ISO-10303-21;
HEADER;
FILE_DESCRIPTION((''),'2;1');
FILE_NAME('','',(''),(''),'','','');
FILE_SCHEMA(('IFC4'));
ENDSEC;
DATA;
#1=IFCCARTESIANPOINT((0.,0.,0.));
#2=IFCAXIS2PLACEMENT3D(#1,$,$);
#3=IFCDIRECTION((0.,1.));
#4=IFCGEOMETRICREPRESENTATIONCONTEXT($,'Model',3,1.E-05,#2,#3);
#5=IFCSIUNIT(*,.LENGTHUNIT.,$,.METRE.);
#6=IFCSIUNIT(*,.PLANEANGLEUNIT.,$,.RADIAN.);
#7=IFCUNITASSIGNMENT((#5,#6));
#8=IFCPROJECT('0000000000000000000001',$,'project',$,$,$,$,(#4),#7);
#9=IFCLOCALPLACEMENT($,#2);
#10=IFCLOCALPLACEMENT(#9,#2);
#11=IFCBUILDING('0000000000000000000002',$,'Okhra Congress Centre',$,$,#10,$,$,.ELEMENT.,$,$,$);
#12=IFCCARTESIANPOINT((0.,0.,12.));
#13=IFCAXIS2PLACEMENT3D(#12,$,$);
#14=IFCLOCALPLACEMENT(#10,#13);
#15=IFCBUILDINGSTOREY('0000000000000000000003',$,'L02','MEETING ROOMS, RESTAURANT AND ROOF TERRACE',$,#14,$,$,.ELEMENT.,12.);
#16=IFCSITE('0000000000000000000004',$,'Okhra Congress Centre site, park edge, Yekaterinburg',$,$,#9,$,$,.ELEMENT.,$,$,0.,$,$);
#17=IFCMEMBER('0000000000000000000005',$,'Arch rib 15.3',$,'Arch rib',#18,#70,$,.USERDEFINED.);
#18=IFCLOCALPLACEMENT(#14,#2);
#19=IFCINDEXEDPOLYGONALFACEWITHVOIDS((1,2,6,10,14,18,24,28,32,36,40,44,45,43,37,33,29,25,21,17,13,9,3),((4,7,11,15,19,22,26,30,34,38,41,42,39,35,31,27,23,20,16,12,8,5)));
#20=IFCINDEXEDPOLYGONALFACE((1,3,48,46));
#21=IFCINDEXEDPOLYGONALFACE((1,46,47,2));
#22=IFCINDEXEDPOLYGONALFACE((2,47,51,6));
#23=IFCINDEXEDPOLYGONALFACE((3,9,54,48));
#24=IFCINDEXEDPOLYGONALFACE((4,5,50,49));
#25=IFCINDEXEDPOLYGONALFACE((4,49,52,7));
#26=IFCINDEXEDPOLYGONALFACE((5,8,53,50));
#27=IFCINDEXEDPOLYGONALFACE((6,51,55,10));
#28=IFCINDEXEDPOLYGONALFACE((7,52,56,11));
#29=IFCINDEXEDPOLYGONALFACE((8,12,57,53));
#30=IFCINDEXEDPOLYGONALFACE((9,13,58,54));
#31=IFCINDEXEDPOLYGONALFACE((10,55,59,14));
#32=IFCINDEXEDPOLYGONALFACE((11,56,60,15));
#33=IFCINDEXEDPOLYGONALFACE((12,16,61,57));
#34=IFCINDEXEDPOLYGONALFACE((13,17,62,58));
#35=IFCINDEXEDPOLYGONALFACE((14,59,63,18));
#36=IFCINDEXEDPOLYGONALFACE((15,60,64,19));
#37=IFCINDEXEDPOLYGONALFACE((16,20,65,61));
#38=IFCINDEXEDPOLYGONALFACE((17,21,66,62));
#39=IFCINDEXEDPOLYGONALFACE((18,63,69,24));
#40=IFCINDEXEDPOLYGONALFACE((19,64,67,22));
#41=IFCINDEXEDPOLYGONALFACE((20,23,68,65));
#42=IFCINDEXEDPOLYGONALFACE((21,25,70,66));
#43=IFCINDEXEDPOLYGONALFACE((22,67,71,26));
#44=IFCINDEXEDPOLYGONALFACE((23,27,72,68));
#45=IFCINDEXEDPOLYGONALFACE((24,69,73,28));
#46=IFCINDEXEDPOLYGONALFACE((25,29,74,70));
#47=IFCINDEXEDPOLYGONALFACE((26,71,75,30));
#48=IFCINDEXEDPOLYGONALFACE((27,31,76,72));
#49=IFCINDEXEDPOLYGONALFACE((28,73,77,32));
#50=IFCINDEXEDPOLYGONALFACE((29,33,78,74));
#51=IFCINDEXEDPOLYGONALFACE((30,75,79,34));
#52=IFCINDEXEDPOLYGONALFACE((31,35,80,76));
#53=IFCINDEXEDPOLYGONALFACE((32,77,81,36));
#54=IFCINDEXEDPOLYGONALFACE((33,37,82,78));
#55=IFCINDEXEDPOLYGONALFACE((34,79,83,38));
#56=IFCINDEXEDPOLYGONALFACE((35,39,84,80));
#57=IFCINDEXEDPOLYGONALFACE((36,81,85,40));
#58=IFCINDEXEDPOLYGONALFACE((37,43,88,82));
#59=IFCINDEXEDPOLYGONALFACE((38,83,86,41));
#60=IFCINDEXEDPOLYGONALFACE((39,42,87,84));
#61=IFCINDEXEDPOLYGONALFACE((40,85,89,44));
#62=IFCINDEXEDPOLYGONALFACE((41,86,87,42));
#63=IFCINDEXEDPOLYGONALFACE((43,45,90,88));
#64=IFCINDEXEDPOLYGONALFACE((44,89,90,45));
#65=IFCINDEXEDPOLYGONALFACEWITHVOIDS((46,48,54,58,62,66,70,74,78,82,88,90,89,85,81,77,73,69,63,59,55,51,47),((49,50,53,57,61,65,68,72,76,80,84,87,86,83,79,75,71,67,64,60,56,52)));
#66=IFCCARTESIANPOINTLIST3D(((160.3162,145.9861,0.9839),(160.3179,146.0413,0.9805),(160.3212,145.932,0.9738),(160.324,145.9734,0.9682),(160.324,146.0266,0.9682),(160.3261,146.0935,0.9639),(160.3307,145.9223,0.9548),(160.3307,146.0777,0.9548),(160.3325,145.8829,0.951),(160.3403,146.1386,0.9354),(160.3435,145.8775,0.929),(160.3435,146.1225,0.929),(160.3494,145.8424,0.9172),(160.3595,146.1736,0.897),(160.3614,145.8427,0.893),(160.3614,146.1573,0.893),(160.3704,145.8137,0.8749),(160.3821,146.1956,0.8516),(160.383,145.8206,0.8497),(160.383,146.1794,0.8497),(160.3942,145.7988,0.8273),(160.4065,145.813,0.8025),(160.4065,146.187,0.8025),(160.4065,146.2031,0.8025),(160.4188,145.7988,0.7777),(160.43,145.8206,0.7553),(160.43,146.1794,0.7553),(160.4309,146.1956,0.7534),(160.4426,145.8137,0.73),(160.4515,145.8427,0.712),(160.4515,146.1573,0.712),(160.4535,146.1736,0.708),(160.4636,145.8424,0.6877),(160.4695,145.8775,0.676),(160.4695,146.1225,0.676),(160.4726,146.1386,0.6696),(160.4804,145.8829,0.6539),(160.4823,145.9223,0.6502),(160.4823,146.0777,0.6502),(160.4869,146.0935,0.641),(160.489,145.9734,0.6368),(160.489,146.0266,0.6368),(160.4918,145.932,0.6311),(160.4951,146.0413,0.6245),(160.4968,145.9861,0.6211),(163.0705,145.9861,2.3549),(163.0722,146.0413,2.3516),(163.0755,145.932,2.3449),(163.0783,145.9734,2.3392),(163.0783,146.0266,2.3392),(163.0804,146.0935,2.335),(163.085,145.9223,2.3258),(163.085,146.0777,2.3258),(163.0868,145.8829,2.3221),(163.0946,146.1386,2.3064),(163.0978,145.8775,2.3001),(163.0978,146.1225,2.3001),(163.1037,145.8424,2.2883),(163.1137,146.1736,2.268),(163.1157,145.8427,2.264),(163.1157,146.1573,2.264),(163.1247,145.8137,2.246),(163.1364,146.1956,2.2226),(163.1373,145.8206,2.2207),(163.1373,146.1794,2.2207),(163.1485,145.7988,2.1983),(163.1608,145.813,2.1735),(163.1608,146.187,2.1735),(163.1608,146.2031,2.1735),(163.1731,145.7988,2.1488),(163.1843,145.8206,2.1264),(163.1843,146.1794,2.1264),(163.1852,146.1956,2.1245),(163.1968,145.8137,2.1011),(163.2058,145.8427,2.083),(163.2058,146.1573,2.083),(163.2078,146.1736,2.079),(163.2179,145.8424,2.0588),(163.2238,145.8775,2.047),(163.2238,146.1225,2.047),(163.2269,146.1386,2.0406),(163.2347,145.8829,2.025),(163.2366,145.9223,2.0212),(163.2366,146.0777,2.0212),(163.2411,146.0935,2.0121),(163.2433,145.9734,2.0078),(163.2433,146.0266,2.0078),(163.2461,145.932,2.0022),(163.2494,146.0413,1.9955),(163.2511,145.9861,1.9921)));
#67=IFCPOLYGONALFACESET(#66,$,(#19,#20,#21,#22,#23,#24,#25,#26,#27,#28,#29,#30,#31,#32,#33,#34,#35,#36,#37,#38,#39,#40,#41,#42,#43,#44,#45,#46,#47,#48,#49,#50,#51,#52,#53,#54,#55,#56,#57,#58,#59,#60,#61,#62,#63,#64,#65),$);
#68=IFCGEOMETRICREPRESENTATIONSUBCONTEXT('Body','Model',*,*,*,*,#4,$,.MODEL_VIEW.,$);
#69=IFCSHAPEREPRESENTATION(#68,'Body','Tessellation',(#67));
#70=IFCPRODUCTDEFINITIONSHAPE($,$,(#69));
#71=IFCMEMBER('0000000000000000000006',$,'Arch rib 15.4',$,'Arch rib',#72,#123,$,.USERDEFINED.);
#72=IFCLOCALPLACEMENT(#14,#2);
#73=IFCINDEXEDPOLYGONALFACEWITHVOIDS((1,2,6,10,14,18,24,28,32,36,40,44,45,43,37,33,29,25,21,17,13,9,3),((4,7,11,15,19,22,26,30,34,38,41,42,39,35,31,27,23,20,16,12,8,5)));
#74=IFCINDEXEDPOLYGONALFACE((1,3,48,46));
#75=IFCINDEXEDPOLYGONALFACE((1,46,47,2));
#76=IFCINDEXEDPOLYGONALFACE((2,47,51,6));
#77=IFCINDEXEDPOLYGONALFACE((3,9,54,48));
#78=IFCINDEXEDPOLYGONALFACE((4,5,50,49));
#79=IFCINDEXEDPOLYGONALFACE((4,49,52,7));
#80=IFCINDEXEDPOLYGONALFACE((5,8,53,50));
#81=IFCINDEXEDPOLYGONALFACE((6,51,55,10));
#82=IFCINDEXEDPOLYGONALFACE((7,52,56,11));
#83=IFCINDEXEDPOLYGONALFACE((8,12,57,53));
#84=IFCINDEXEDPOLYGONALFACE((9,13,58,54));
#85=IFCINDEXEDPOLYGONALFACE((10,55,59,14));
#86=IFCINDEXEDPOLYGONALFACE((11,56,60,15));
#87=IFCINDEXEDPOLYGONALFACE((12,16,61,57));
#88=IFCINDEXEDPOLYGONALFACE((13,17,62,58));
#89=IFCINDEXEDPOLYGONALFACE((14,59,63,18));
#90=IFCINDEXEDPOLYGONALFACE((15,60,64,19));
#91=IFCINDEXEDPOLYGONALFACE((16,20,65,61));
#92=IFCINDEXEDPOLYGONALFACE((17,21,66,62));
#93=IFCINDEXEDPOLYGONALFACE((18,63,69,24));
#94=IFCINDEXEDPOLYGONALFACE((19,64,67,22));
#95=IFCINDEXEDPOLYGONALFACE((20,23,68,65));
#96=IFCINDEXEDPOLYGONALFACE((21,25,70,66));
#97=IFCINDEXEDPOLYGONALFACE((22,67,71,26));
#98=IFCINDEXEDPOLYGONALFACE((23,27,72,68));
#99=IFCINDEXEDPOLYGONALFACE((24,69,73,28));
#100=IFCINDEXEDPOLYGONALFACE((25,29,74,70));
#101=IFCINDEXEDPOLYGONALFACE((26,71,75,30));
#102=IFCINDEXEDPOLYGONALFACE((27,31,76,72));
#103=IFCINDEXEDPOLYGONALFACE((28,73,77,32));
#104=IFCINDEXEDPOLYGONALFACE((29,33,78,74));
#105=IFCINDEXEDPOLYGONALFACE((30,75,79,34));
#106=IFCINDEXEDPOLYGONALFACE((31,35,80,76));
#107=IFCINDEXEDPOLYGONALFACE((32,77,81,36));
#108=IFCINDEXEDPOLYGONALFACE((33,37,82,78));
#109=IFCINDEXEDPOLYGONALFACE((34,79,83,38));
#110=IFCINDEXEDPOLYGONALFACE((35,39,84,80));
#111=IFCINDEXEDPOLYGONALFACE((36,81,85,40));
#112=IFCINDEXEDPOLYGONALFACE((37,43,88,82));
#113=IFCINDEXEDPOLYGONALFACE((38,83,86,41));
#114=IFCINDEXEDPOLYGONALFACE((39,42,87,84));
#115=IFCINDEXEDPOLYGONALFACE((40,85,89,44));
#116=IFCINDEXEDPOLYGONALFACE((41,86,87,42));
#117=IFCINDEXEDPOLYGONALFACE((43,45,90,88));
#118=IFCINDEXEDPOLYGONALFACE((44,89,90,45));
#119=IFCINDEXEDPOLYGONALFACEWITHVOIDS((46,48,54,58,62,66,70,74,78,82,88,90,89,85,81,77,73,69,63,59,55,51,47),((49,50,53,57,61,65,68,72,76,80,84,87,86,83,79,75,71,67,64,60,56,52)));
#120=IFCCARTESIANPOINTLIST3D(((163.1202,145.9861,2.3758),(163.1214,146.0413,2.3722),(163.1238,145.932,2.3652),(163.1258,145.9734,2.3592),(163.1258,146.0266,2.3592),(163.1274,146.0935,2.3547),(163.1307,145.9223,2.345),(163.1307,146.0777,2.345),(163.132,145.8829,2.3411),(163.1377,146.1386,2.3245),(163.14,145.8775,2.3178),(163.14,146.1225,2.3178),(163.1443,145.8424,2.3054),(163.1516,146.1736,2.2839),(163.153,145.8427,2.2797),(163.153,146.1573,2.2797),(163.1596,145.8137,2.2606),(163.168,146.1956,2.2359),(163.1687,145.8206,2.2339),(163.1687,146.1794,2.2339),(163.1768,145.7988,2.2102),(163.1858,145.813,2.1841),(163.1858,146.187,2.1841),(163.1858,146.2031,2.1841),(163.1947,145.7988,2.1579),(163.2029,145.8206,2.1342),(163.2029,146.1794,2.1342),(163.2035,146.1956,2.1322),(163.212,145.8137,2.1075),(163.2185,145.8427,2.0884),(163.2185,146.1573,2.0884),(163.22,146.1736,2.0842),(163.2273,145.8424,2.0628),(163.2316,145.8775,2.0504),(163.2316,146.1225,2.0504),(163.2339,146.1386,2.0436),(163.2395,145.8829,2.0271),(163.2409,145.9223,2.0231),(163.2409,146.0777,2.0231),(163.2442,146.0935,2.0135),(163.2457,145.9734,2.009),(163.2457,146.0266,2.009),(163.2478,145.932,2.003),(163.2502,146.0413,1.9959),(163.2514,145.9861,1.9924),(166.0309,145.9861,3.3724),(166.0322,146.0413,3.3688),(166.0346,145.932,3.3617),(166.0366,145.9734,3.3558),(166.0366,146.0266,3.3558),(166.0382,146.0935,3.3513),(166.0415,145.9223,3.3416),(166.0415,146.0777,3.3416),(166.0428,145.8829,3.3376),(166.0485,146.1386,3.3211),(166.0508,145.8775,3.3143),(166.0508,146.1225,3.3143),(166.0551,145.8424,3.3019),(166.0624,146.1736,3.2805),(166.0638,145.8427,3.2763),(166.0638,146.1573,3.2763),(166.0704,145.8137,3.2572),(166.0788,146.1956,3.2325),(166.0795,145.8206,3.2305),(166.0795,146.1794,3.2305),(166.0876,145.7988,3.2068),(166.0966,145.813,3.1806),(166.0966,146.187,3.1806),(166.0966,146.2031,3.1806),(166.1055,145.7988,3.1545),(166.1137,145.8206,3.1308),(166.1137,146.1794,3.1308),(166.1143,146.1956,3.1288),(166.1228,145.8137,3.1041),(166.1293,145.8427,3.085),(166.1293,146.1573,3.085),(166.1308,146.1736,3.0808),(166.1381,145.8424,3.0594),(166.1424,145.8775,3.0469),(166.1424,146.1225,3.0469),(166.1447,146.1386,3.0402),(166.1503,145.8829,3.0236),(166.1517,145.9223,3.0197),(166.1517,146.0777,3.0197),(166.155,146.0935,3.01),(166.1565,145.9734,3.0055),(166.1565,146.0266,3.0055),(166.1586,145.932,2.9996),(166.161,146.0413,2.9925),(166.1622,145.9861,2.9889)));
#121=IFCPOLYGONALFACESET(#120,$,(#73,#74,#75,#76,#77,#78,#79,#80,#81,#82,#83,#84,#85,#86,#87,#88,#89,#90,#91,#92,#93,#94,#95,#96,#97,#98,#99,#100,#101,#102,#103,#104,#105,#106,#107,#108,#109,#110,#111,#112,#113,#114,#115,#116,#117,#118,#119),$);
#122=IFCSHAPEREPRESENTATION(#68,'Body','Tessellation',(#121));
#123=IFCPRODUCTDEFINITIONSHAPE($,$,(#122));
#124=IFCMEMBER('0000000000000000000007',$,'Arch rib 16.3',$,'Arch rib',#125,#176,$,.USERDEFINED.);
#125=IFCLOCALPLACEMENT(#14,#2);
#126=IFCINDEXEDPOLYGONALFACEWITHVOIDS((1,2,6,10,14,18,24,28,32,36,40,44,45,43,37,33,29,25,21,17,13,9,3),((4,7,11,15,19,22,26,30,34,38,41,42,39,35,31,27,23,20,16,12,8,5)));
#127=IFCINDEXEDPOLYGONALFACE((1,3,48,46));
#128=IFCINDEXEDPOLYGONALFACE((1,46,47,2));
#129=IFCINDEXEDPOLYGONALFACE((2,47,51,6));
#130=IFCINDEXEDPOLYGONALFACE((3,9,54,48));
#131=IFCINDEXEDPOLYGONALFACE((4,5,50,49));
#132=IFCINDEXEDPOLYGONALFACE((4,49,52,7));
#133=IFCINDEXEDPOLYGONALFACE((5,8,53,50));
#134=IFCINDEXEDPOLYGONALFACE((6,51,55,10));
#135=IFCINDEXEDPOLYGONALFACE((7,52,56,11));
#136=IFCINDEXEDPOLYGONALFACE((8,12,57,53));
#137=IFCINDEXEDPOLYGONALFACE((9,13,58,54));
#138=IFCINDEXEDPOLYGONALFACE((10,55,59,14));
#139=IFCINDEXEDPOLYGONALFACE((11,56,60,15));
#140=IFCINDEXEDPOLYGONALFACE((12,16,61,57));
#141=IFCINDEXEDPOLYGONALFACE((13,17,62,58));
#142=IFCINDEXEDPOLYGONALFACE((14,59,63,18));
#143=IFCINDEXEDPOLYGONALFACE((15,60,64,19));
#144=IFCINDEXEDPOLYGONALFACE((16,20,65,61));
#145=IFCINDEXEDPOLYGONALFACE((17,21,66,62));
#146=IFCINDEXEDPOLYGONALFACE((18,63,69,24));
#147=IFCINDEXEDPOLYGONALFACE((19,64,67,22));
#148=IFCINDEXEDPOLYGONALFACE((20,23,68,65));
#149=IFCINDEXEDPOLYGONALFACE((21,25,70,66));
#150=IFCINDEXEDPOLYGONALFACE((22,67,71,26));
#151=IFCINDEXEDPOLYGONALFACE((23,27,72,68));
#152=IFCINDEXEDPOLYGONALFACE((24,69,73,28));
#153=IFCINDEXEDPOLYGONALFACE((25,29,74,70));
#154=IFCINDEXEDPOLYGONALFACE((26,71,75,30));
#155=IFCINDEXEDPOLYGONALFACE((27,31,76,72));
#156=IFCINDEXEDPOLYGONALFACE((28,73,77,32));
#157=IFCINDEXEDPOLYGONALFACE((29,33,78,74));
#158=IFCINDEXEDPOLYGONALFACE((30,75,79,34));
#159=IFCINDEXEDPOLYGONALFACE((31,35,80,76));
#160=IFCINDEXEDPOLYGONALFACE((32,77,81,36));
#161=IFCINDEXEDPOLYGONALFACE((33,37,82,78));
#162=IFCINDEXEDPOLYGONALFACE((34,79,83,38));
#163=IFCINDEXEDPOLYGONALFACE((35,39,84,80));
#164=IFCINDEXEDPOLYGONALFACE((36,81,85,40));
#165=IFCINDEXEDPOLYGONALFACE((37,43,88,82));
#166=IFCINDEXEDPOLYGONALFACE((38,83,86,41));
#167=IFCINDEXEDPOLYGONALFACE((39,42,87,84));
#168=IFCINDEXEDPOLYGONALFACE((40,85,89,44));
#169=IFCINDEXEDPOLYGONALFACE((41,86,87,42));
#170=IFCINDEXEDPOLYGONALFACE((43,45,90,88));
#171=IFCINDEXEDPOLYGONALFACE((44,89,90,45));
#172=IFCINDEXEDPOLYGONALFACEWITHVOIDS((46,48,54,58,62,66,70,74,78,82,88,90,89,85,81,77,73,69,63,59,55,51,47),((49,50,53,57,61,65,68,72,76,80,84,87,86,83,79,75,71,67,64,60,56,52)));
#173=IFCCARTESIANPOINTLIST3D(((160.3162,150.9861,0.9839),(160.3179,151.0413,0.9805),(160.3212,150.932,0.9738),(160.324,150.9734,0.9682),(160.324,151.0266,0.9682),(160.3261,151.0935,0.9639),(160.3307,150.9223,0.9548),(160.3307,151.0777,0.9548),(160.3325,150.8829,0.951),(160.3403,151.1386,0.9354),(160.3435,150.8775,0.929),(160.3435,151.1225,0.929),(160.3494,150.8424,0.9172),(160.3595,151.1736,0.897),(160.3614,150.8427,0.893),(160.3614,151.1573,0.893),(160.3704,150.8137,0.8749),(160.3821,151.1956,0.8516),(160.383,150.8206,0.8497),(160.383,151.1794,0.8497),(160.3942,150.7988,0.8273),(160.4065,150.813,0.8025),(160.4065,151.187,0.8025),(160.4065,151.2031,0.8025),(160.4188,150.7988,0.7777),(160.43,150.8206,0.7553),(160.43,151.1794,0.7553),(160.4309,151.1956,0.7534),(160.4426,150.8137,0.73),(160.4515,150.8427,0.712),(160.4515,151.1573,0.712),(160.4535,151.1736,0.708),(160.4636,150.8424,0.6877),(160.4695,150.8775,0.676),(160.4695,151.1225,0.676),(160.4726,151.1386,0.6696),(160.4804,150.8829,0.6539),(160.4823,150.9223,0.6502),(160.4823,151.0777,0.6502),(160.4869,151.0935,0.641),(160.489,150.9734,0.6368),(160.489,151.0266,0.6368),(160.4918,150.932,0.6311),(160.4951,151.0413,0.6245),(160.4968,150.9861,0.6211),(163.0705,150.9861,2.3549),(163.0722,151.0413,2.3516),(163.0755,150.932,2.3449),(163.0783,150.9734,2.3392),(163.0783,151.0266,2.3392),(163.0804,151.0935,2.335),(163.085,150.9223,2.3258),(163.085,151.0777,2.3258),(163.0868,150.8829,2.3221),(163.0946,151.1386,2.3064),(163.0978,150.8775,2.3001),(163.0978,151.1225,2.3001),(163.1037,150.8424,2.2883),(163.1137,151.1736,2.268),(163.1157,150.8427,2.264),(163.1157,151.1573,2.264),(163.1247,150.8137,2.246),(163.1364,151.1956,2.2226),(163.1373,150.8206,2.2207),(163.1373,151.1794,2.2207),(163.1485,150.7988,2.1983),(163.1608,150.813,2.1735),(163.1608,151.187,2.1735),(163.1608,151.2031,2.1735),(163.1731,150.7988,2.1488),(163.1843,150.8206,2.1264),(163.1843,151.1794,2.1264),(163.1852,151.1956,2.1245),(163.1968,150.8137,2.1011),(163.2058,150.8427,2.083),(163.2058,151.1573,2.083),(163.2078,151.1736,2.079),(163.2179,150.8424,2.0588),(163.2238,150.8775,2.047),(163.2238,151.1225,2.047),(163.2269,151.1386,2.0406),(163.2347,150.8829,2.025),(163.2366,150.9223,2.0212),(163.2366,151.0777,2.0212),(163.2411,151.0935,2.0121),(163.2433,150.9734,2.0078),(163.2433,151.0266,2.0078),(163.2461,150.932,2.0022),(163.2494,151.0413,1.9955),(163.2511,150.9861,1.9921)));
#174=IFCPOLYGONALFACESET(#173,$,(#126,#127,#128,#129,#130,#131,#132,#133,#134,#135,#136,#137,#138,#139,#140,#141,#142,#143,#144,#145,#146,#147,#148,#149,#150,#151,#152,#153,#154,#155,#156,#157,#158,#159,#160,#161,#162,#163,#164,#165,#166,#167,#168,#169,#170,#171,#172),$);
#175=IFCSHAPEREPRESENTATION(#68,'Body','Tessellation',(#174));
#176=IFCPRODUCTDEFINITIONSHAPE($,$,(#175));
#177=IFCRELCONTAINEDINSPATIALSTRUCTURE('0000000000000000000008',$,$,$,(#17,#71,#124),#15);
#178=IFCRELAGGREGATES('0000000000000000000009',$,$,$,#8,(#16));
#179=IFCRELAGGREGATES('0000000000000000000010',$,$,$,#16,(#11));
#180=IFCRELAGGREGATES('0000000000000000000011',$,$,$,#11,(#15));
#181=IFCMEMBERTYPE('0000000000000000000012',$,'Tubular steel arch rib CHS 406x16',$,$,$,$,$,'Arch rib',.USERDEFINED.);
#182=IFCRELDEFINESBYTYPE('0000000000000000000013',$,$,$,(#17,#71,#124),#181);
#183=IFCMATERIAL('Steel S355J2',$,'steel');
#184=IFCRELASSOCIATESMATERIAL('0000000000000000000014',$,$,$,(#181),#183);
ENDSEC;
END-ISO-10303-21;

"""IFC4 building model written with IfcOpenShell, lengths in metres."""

from ifc_helpers import new_model, si_unit, direction, frame, origin, origin_2d, place, context, subcontext, project, spatial, hollow_circle, extrude, material, material_profile, profile_set, type_object, element, save


model = new_model("IFC4")

# Units and contexts
model_context = context("Model", 3, precision=1e-05, world=origin(), true_north=direction((0.0, 1.0)))
body_context = subcontext(model_context, "Body", "Model", "MODEL_VIEW")
ifc_project = project(units=[si_unit("LENGTHUNIT", "METRE"), si_unit("PLANEANGLEUNIT", "RADIAN")], contexts=[model_context])

# Site, building, storey
site_placement = place(None, origin())
site = spatial("IfcSite", under=ifc_project, at=site_placement, Name="Okhra Congress Centre site, park edge, Yekaterinburg", CompositionType="ELEMENT", RefElevation=0.0)
building_placement = place(site_placement, origin())
building = spatial("IfcBuilding", under=site, at=building_placement, Name="Okhra Congress Centre", CompositionType="ELEMENT")
storey_placement = place(building_placement, frame((0.0, 0.0, 12.0)))
storey = spatial("IfcBuildingStorey", under=building, at=storey_placement, Name="L02", Description="MEETING ROOMS, RESTAURANT AND ROOF TERRACE", CompositionType="ELEMENT", Elevation=12.0)

# Members
ifc_material_1 = material(Name="Steel S355J2", Category="steel")
ifc_material_profile_1 = material_profile(ifc_material_1, hollow_circle(Radius=0.2031, WallThickness=0.0161, at=origin_2d()), Name="CHS 406.4x16")
ifc_profile_set_1 = profile_set([ifc_material_profile_1], Name="Steel S355J2")
member_type_1 = type_object("IfcMemberType", Name="Tubular steel arch rib CHS 406x16", ElementType="Arch rib", PredefinedType="USERDEFINED", material=ifc_profile_set_1)
for number, where, z_axis, x_axis, name in (
    (1, (160.4065, 146.0, 0.8025), (0.895219, 0.0, 0.445626), (0.0, 1.0, 0.0), "Arch rib 15.3"),
    (2, (163.1858, 146.0, 2.1841), (0.946089, 0.0, 0.323906), (0.0, 1.0, 0.0), "Arch rib 15.4"),
    (3, (160.4065, 151.0, 0.8025), (0.895219, 0.0, 0.445626), (0.0, 1.0, 0.0), "Arch rib 16.3"),
):
    element("IfcMember", number, at=place(storey_placement, frame(where, z_axis=z_axis, x_axis=x_axis)), inside=storey, type_object=member_type_1, Name=name, ObjectType="Arch rib", PredefinedType="USERDEFINED", context=body_context, shape_type="SweptSolid", body=[
        extrude(hollow_circle(Radius=0.2031, WallThickness=0.0161, at=origin_2d()), origin(), (0.0, 0.0, 1.0), 3.0767),
    ])

save(model, "model.ifc")
